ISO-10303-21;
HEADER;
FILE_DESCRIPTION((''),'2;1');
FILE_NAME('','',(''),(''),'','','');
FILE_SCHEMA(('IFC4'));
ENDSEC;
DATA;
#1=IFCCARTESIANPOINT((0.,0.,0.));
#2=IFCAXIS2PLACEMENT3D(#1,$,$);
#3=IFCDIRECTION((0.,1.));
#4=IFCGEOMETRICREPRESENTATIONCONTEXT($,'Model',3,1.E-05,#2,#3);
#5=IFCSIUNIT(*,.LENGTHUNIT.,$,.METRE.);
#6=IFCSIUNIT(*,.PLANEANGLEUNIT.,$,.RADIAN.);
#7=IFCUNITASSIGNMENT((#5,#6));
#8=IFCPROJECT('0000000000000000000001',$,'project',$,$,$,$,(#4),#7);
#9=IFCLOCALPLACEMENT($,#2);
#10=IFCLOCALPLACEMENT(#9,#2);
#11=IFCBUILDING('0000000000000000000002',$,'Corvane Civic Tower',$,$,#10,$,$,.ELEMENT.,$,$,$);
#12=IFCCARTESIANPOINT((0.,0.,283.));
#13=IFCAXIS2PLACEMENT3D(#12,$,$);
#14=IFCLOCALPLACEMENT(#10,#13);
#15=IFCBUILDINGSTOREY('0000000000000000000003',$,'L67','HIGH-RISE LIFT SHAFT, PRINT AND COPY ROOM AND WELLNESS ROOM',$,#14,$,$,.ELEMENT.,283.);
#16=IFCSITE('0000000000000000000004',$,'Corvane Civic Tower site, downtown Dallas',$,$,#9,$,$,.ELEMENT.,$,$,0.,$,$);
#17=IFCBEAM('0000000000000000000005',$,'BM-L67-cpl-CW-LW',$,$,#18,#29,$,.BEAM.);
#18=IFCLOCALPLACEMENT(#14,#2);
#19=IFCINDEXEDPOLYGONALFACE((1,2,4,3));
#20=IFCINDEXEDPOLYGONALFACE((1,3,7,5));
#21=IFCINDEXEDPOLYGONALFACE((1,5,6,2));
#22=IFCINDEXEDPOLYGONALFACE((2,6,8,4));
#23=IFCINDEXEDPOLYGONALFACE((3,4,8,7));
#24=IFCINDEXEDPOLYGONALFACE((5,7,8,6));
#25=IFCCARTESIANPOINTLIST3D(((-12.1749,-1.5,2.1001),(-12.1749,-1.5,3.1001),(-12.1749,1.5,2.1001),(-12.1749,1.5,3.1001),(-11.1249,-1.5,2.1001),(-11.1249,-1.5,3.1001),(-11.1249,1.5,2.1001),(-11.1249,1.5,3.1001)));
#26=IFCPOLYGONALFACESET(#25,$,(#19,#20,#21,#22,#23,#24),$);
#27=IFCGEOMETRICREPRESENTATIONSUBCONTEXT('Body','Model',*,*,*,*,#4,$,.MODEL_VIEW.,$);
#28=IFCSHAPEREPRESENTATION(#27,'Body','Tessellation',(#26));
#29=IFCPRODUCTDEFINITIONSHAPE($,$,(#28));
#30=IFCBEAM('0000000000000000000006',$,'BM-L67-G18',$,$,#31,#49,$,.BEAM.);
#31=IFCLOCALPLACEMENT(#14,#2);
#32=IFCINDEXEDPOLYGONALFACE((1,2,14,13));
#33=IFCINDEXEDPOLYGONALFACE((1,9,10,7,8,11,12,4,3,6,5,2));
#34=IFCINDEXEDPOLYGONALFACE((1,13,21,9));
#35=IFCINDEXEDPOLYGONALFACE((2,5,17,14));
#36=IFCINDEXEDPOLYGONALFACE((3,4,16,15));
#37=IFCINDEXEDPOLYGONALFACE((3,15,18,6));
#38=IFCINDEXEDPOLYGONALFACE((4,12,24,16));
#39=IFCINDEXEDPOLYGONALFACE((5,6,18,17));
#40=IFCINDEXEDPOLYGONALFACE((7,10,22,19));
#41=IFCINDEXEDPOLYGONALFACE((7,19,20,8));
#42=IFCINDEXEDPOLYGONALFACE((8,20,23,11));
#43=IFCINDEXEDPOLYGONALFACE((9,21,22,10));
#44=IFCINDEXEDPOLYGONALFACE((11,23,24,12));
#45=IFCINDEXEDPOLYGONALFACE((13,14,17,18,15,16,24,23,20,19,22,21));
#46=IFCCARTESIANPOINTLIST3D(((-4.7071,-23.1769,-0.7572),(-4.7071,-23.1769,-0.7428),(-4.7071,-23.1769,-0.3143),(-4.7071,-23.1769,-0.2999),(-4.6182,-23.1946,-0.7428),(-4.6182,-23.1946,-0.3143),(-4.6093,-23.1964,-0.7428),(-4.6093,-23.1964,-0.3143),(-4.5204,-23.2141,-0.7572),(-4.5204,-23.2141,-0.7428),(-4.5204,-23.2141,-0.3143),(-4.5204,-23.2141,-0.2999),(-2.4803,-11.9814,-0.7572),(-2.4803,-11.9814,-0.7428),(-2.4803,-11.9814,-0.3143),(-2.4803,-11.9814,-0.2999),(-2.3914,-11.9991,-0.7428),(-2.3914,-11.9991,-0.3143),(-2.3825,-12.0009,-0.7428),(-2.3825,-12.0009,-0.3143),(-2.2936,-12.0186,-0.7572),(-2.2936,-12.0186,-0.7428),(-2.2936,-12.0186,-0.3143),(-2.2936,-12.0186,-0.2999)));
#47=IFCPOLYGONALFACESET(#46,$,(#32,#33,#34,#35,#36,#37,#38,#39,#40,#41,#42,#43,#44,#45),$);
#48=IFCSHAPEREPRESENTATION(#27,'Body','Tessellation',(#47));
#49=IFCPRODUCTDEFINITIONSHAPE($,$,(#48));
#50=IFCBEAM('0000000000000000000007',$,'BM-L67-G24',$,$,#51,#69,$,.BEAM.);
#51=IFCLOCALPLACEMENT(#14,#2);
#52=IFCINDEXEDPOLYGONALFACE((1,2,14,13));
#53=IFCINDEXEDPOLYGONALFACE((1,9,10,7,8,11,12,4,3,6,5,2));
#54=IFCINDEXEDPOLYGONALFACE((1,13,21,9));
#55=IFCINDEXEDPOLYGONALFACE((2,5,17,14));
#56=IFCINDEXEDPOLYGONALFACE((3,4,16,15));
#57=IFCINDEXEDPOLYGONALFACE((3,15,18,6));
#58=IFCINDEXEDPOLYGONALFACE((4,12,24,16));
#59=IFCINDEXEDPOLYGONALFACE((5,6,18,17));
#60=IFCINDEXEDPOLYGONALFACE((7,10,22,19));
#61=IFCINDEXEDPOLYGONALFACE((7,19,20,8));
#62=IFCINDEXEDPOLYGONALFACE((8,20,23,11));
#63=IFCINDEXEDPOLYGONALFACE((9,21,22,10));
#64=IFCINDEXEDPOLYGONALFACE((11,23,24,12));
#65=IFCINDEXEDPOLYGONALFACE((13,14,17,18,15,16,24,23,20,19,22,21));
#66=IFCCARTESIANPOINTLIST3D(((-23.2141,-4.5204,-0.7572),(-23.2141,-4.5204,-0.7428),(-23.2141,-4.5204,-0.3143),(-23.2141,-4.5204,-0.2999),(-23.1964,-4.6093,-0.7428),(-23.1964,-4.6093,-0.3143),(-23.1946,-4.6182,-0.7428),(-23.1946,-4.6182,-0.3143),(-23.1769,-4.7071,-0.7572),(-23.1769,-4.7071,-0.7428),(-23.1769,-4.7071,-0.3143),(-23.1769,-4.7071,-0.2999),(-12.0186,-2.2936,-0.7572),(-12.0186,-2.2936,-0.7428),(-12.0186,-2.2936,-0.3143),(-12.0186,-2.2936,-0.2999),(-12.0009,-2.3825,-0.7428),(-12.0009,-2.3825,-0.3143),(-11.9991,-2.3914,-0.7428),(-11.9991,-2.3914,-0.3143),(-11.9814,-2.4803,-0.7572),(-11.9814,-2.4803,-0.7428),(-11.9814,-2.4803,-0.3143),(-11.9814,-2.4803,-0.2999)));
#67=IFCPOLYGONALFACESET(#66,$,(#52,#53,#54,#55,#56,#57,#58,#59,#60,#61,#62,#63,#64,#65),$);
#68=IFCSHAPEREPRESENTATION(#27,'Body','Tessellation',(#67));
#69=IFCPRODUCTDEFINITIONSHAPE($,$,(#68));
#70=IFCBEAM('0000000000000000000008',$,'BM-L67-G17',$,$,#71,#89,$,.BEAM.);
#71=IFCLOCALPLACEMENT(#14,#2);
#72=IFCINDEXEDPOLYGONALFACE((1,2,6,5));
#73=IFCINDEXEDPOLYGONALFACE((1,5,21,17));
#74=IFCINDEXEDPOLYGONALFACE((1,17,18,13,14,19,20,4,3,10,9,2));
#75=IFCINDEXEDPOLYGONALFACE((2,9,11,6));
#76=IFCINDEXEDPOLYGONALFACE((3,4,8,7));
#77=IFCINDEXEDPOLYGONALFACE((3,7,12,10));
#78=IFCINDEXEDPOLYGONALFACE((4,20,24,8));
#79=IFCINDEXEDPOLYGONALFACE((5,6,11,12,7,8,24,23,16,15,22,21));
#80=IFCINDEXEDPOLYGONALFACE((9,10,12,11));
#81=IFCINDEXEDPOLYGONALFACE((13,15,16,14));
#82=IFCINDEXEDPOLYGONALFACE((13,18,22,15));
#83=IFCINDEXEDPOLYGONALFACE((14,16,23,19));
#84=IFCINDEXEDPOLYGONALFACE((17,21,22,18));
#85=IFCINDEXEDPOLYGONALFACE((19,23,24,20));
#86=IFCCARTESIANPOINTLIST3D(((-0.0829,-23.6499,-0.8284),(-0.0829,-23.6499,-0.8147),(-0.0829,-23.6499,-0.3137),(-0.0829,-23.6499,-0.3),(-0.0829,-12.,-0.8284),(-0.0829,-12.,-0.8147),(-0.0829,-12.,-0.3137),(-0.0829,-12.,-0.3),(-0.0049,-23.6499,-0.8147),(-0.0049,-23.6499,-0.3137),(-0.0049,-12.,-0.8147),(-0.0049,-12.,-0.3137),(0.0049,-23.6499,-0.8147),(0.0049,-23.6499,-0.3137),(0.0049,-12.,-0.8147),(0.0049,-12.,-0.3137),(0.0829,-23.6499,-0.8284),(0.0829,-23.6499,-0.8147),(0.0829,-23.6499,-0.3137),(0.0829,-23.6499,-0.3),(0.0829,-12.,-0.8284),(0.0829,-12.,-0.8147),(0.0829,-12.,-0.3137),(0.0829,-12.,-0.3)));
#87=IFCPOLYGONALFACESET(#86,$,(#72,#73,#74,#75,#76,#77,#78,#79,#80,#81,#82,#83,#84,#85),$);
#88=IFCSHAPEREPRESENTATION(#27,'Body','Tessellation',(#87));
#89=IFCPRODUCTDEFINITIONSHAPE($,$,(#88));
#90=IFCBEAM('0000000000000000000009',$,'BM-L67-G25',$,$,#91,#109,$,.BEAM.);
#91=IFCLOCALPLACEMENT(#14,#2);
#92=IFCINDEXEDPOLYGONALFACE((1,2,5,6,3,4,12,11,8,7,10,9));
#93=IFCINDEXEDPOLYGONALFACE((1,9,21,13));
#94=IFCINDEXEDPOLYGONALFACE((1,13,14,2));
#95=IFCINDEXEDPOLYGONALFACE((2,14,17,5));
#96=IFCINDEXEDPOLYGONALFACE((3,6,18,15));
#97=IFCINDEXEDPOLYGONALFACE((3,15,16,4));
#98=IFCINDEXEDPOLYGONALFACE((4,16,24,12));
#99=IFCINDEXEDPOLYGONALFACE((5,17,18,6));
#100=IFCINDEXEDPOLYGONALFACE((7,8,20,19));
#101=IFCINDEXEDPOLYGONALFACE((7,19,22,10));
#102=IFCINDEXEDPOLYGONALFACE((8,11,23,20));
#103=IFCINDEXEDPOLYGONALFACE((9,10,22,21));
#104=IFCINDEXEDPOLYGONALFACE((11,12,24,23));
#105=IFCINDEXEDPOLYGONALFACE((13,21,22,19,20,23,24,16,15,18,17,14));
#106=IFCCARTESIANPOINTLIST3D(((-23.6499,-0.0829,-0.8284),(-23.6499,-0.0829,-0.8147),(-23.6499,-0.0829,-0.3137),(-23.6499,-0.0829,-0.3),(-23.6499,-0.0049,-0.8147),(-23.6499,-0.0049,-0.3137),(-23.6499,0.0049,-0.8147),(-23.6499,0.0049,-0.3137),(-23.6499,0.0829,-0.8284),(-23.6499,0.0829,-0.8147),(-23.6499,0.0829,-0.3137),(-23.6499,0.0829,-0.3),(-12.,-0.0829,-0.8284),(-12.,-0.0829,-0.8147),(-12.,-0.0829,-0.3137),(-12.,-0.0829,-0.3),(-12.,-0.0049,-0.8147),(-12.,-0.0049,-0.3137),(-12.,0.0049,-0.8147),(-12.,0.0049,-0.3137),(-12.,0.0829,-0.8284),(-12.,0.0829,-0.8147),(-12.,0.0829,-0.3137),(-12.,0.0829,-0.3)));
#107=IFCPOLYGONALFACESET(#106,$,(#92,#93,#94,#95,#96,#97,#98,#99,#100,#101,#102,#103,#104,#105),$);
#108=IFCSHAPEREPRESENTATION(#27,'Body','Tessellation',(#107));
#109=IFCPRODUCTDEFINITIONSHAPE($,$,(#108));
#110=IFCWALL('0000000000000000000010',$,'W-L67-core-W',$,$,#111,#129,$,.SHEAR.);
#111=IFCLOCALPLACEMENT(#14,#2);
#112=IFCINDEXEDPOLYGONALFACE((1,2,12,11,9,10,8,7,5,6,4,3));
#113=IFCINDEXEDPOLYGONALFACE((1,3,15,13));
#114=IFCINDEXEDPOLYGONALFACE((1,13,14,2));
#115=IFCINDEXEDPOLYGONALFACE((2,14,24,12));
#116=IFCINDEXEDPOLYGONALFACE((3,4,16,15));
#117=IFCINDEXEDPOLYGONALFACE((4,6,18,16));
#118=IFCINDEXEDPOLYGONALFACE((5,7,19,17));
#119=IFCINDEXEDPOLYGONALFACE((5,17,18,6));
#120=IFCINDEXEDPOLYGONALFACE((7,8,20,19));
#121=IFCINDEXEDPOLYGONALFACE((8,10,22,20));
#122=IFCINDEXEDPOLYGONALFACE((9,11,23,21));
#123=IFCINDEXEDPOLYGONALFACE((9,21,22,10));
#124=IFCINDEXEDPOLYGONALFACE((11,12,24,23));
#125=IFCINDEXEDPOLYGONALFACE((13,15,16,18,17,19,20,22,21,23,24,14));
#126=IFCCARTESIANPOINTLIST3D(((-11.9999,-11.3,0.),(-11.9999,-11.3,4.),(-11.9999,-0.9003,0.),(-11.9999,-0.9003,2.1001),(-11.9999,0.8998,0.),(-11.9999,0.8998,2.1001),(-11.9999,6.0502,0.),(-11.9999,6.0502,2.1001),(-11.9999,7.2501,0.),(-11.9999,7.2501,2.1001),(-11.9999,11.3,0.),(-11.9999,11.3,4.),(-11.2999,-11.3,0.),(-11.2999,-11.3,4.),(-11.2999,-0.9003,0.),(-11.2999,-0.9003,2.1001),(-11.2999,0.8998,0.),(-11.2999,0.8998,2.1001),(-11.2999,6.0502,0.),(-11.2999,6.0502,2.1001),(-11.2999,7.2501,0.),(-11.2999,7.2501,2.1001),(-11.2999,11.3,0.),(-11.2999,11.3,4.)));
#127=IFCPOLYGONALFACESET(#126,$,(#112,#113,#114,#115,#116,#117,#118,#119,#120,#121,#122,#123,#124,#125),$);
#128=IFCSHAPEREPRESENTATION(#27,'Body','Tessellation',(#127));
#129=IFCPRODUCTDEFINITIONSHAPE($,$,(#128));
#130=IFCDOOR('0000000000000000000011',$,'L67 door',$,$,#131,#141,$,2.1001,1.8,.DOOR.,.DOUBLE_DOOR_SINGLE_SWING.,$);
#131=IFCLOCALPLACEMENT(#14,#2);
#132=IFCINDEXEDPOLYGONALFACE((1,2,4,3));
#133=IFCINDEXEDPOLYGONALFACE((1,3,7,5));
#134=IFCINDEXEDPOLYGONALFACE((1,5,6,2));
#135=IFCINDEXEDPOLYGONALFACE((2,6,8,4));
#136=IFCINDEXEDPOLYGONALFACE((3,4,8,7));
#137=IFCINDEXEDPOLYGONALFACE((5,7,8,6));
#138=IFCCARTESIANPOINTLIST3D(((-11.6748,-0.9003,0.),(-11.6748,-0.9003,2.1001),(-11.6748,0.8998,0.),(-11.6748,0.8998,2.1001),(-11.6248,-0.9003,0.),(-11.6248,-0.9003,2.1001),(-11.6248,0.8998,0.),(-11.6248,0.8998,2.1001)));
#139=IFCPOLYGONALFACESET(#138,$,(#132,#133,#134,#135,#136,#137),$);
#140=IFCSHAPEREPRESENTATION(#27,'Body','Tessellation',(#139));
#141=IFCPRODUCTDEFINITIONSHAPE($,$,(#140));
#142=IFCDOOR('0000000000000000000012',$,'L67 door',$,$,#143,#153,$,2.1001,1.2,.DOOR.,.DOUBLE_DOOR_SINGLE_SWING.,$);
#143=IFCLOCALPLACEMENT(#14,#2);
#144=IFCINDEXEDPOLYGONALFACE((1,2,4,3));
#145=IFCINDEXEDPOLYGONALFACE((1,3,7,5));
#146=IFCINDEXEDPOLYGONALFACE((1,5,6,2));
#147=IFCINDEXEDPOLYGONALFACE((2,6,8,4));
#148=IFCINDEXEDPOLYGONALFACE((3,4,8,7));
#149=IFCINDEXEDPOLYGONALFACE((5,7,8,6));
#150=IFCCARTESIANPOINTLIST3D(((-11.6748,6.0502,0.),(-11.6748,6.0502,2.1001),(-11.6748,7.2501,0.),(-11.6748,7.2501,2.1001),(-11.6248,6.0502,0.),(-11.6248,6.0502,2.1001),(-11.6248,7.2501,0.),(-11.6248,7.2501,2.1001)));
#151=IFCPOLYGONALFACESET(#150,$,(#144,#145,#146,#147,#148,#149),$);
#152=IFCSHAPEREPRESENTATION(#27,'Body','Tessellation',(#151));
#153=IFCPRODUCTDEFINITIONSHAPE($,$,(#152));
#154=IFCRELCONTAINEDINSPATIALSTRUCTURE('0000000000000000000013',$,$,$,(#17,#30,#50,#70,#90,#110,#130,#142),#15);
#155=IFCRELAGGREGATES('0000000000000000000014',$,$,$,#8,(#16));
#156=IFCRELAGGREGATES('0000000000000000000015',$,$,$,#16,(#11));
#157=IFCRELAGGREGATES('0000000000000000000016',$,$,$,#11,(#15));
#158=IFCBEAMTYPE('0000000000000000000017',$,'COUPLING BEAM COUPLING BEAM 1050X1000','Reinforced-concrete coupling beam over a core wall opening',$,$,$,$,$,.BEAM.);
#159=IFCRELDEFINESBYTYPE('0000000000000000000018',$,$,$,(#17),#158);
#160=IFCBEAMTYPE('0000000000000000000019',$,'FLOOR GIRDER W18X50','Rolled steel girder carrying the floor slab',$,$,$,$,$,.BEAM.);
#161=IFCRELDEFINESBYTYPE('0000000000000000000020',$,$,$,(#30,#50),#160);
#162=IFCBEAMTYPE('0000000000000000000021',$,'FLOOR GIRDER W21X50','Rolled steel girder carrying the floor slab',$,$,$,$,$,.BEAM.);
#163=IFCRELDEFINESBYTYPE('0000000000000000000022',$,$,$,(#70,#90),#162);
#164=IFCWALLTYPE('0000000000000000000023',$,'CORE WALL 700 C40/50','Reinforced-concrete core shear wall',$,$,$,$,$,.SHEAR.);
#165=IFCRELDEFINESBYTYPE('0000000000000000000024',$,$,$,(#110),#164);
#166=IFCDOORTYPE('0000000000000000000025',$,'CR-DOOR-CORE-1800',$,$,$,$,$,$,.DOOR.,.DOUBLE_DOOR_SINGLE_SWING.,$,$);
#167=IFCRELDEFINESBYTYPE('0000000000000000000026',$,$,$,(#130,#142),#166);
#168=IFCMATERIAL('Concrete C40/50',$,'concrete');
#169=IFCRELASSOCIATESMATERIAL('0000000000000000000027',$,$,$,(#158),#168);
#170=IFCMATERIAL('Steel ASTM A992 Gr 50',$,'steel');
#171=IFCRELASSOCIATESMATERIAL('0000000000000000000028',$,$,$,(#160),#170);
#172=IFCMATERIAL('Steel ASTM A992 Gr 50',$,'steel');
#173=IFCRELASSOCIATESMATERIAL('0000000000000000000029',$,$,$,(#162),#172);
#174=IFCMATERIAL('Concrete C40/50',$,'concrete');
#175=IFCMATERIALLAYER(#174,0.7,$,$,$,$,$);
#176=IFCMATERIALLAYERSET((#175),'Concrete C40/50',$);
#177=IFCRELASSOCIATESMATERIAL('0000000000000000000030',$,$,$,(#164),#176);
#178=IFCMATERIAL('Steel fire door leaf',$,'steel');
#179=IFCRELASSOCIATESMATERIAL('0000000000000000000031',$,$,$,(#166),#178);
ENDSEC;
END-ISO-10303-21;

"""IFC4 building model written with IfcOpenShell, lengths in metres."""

from ifc_helpers import new_model, si_unit, direction, frame, frame_2d, origin, origin_2d, place, context, subcontext, project, spatial, rectangle, i_section, extrude, material, layer, layer_set, material_profile, profile_set, type_object, element, fill, save


model = new_model("IFC4")

# Units and contexts
model_context = context("Model", 3, precision=1e-05, world=origin(), true_north=direction((0.0, 1.0)))
body_context = subcontext(model_context, "Body", "Model", "MODEL_VIEW")
ifc_project = project(units=[si_unit("LENGTHUNIT", "METRE"), si_unit("PLANEANGLEUNIT", "RADIAN")], contexts=[model_context])

# Site, building, storey
site_placement = place(None, origin())
site = spatial("IfcSite", under=ifc_project, at=site_placement, Name="Corvane Civic Tower site, downtown Dallas", CompositionType="ELEMENT", RefElevation=0.0)
building_placement = place(site_placement, origin())
building = spatial("IfcBuilding", under=site, at=building_placement, Name="Corvane Civic Tower", CompositionType="ELEMENT")
storey_placement = place(building_placement, frame((0.0, 0.0, 283.0)))
storey = spatial("IfcBuildingStorey", under=building, at=storey_placement, Name="L67", Description="HIGH-RISE LIFT SHAFT, PRINT AND COPY ROOM AND WELLNESS ROOM", CompositionType="ELEMENT", Elevation=283.0)

# Beams
ifc_material_1 = material(Name="Concrete C40/50", Category="concrete")
ifc_material_profile_1 = material_profile(ifc_material_1, rectangle(XDim=1.05, YDim=1.0, at=origin_2d()), Name="COUPLING BEAM 1050X1000")
ifc_profile_set_1 = profile_set([ifc_material_profile_1], Name="Concrete C40/50")
beam_type_1 = type_object("IfcBeamType", Name="COUPLING BEAM COUPLING BEAM 1050X1000", Description="Reinforced-concrete coupling beam over a core wall opening", PredefinedType="BEAM", material=ifc_profile_set_1)
beam_placement = place(storey_placement, frame((-11.6499, -1.5, 2.6001), z_axis=(0.0, 1.0, 0.0), x_axis=(-1.0, 0.0, 0.0)))
element("IfcBeam", 1, at=beam_placement, inside=storey, type_object=beam_type_1, Name="BM-L67-cpl-CW-LW", PredefinedType="BEAM", context=body_context, shape_type="SweptSolid", body=[
    extrude(rectangle(XDim=1.05, YDim=1.0, at=origin_2d()), origin(), (0.0, 0.0, 1.0), 3.0),
])
ifc_material_2 = material(Name="Steel ASTM A992 Gr 50", Category="steel")
ifc_material_profile_2 = material_profile(ifc_material_2, i_section(OverallWidth=0.1904, OverallDepth=0.4573, WebThickness=0.009, FlangeThickness=0.0144, at=origin_2d()), Name="W18X50")
ifc_profile_set_2 = profile_set([ifc_material_profile_2], Name="Steel ASTM A992 Gr 50")
beam_type_2 = type_object("IfcBeamType", Name="FLOOR GIRDER W18X50", Description="Rolled steel girder carrying the floor slab", PredefinedType="BEAM", material=ifc_profile_set_2)
for number, where, z_axis, x_axis, name in (
    (2, (-2.387, -12.0, -0.5286), (-0.19508, -0.980787, 0.0), (0.980787, -0.19508, 0.0), "BM-L67-G18"),
    (3, (-12.0, -2.387, -0.5286), (-0.980787, -0.19508, 0.0), (0.19508, -0.980787, 0.0), "BM-L67-G24"),
):
    element("IfcBeam", number, at=place(storey_placement, frame(where, z_axis=z_axis, x_axis=x_axis)), inside=storey, type_object=beam_type_2, Name=name, PredefinedType="BEAM", context=body_context, shape_type="SweptSolid", body=[
        extrude(i_section(OverallWidth=0.1904, OverallDepth=0.4573, WebThickness=0.009, FlangeThickness=0.0144, at=origin_2d()), origin(), (0.0, 0.0, 1.0), 11.4148),
    ])
ifc_material_3 = material(Name="Steel ASTM A992 Gr 50", Category="steel")
ifc_material_profile_3 = material_profile(ifc_material_3, i_section(OverallWidth=0.1658, OverallDepth=0.5283, WebThickness=0.0098, FlangeThickness=0.0137, at=origin_2d()), Name="W21X50")
ifc_profile_set_3 = profile_set([ifc_material_profile_3], Name="Steel ASTM A992 Gr 50")
beam_type_3 = type_object("IfcBeamType", Name="FLOOR GIRDER W21X50", Description="Rolled steel girder carrying the floor slab", PredefinedType="BEAM", material=ifc_profile_set_3)
for number, where, z_axis, x_axis, name in (
    (4, (0.0, -12.0, -0.5642), (0.0, -1.0, 0.0), (1.0, 0.0, 0.0), "BM-L67-G17"),
    (5, (-12.0, 0.0, -0.5642), (-1.0, 0.0, 0.0), (0.0, -1.0, 0.0), "BM-L67-G25"),
):
    element("IfcBeam", number, at=place(storey_placement, frame(where, z_axis=z_axis, x_axis=x_axis)), inside=storey, type_object=beam_type_3, Name=name, PredefinedType="BEAM", context=body_context, shape_type="SweptSolid", body=[
        extrude(i_section(OverallWidth=0.1658, OverallDepth=0.5283, WebThickness=0.0098, FlangeThickness=0.0137, at=origin_2d()), origin(), (0.0, 0.0, 1.0), 11.6499),
    ])

# Wall, openings, doors
ifc_material_4 = material(Name="Concrete C40/50", Category="concrete")
ifc_layer_1 = layer(ifc_material_4, 0.7)
ifc_layer_set_1 = layer_set([ifc_layer_1], Name="Concrete C40/50")
wall_type_1 = type_object("IfcWallType", Name="CORE WALL 700 C40/50", Description="Reinforced-concrete core shear wall", PredefinedType="SHEAR", material=ifc_layer_set_1)
wall_1_placement = place(storey_placement, frame((-11.6499, -11.3, 0.0), z_axis=(0.0, 0.0, 1.0), x_axis=(0.0, 1.0, 0.0)))
wall_1 = element("IfcWall", 6, at=wall_1_placement, inside=storey, type_object=wall_type_1, Name="W-L67-core-W", PredefinedType="SHEAR", context=body_context, shape_type="SweptSolid", body=[
    extrude(rectangle(XDim=22.6001, YDim=0.7, at=frame_2d((11.3, 0.0))), origin(), (0.0, 0.0, 1.0), 4.0),
])
opening_1_placement = place(wall_1_placement, frame((10.3999, 0.0, 0.0)))
opening_1 = element("IfcOpeningElement", 7, at=opening_1_placement, cuts=wall_1, PredefinedType="OPENING", context=body_context, shape_type="SweptSolid", body=[
    extrude(rectangle(XDim=1.8, YDim=2.1001, at=frame_2d((0.8999, 1.05))), frame((0.0, 0.3599, 0.0), z_axis=(0.0, -1.0, 0.0), x_axis=(1.0, 0.0, 0.0)), (0.0, 0.0, 1.0), 0.72),
])
opening_2_placement = place(wall_1_placement, frame((17.3501, 0.0, 0.0)))
opening_2 = element("IfcOpeningElement", 8, at=opening_2_placement, cuts=wall_1, PredefinedType="OPENING", context=body_context, shape_type="SweptSolid", body=[
    extrude(rectangle(XDim=1.2, YDim=2.1001, at=frame_2d((0.6001, 1.05))), frame((0.0, 0.3599, 0.0), z_axis=(0.0, -1.0, 0.0), x_axis=(1.0, 0.0, 0.0)), (0.0, 0.0, 1.0), 0.72),
])
ifc_material_5 = material(Name="Steel fire door leaf", Category="steel")
door_type_1 = type_object("IfcDoorType", Name="CR-DOOR-CORE-1800", OperationType="DOUBLE_DOOR_SINGLE_SWING", PredefinedType="DOOR", material=ifc_material_5)
door_1_placement = place(opening_1_placement, origin())
door_1 = element("IfcDoor", 9, at=door_1_placement, inside=storey, type_object=door_type_1, Name="L67 door", OperationType="DOUBLE_DOOR_SINGLE_SWING", OverallHeight=2.1001, OverallWidth=1.8, PredefinedType="DOOR", context=body_context, shape_type="SweptSolid", body=[
    extrude(rectangle(XDim=1.8, YDim=2.1001, at=frame_2d((0.8999, 1.05))), frame((0.0, 0.0249, 0.0), z_axis=(0.0, -1.0, 0.0), x_axis=(1.0, 0.0, 0.0)), (0.0, 0.0, 1.0), 0.05),
])
fill(opening_1, door_1)
door_2_placement = place(opening_2_placement, origin())
door_2 = element("IfcDoor", 10, at=door_2_placement, inside=storey, type_object=door_type_1, Name="L67 door", OperationType="DOUBLE_DOOR_SINGLE_SWING", OverallHeight=2.1001, OverallWidth=1.2, PredefinedType="DOOR", context=body_context, shape_type="SweptSolid", body=[
    extrude(rectangle(XDim=1.2, YDim=2.1001, at=frame_2d((0.6001, 1.05))), frame((0.0, 0.0249, 0.0), z_axis=(0.0, -1.0, 0.0), x_axis=(1.0, 0.0, 0.0)), (0.0, 0.0, 1.0), 0.05),
])
fill(opening_2, door_2)

save(model, "model.ifc")
